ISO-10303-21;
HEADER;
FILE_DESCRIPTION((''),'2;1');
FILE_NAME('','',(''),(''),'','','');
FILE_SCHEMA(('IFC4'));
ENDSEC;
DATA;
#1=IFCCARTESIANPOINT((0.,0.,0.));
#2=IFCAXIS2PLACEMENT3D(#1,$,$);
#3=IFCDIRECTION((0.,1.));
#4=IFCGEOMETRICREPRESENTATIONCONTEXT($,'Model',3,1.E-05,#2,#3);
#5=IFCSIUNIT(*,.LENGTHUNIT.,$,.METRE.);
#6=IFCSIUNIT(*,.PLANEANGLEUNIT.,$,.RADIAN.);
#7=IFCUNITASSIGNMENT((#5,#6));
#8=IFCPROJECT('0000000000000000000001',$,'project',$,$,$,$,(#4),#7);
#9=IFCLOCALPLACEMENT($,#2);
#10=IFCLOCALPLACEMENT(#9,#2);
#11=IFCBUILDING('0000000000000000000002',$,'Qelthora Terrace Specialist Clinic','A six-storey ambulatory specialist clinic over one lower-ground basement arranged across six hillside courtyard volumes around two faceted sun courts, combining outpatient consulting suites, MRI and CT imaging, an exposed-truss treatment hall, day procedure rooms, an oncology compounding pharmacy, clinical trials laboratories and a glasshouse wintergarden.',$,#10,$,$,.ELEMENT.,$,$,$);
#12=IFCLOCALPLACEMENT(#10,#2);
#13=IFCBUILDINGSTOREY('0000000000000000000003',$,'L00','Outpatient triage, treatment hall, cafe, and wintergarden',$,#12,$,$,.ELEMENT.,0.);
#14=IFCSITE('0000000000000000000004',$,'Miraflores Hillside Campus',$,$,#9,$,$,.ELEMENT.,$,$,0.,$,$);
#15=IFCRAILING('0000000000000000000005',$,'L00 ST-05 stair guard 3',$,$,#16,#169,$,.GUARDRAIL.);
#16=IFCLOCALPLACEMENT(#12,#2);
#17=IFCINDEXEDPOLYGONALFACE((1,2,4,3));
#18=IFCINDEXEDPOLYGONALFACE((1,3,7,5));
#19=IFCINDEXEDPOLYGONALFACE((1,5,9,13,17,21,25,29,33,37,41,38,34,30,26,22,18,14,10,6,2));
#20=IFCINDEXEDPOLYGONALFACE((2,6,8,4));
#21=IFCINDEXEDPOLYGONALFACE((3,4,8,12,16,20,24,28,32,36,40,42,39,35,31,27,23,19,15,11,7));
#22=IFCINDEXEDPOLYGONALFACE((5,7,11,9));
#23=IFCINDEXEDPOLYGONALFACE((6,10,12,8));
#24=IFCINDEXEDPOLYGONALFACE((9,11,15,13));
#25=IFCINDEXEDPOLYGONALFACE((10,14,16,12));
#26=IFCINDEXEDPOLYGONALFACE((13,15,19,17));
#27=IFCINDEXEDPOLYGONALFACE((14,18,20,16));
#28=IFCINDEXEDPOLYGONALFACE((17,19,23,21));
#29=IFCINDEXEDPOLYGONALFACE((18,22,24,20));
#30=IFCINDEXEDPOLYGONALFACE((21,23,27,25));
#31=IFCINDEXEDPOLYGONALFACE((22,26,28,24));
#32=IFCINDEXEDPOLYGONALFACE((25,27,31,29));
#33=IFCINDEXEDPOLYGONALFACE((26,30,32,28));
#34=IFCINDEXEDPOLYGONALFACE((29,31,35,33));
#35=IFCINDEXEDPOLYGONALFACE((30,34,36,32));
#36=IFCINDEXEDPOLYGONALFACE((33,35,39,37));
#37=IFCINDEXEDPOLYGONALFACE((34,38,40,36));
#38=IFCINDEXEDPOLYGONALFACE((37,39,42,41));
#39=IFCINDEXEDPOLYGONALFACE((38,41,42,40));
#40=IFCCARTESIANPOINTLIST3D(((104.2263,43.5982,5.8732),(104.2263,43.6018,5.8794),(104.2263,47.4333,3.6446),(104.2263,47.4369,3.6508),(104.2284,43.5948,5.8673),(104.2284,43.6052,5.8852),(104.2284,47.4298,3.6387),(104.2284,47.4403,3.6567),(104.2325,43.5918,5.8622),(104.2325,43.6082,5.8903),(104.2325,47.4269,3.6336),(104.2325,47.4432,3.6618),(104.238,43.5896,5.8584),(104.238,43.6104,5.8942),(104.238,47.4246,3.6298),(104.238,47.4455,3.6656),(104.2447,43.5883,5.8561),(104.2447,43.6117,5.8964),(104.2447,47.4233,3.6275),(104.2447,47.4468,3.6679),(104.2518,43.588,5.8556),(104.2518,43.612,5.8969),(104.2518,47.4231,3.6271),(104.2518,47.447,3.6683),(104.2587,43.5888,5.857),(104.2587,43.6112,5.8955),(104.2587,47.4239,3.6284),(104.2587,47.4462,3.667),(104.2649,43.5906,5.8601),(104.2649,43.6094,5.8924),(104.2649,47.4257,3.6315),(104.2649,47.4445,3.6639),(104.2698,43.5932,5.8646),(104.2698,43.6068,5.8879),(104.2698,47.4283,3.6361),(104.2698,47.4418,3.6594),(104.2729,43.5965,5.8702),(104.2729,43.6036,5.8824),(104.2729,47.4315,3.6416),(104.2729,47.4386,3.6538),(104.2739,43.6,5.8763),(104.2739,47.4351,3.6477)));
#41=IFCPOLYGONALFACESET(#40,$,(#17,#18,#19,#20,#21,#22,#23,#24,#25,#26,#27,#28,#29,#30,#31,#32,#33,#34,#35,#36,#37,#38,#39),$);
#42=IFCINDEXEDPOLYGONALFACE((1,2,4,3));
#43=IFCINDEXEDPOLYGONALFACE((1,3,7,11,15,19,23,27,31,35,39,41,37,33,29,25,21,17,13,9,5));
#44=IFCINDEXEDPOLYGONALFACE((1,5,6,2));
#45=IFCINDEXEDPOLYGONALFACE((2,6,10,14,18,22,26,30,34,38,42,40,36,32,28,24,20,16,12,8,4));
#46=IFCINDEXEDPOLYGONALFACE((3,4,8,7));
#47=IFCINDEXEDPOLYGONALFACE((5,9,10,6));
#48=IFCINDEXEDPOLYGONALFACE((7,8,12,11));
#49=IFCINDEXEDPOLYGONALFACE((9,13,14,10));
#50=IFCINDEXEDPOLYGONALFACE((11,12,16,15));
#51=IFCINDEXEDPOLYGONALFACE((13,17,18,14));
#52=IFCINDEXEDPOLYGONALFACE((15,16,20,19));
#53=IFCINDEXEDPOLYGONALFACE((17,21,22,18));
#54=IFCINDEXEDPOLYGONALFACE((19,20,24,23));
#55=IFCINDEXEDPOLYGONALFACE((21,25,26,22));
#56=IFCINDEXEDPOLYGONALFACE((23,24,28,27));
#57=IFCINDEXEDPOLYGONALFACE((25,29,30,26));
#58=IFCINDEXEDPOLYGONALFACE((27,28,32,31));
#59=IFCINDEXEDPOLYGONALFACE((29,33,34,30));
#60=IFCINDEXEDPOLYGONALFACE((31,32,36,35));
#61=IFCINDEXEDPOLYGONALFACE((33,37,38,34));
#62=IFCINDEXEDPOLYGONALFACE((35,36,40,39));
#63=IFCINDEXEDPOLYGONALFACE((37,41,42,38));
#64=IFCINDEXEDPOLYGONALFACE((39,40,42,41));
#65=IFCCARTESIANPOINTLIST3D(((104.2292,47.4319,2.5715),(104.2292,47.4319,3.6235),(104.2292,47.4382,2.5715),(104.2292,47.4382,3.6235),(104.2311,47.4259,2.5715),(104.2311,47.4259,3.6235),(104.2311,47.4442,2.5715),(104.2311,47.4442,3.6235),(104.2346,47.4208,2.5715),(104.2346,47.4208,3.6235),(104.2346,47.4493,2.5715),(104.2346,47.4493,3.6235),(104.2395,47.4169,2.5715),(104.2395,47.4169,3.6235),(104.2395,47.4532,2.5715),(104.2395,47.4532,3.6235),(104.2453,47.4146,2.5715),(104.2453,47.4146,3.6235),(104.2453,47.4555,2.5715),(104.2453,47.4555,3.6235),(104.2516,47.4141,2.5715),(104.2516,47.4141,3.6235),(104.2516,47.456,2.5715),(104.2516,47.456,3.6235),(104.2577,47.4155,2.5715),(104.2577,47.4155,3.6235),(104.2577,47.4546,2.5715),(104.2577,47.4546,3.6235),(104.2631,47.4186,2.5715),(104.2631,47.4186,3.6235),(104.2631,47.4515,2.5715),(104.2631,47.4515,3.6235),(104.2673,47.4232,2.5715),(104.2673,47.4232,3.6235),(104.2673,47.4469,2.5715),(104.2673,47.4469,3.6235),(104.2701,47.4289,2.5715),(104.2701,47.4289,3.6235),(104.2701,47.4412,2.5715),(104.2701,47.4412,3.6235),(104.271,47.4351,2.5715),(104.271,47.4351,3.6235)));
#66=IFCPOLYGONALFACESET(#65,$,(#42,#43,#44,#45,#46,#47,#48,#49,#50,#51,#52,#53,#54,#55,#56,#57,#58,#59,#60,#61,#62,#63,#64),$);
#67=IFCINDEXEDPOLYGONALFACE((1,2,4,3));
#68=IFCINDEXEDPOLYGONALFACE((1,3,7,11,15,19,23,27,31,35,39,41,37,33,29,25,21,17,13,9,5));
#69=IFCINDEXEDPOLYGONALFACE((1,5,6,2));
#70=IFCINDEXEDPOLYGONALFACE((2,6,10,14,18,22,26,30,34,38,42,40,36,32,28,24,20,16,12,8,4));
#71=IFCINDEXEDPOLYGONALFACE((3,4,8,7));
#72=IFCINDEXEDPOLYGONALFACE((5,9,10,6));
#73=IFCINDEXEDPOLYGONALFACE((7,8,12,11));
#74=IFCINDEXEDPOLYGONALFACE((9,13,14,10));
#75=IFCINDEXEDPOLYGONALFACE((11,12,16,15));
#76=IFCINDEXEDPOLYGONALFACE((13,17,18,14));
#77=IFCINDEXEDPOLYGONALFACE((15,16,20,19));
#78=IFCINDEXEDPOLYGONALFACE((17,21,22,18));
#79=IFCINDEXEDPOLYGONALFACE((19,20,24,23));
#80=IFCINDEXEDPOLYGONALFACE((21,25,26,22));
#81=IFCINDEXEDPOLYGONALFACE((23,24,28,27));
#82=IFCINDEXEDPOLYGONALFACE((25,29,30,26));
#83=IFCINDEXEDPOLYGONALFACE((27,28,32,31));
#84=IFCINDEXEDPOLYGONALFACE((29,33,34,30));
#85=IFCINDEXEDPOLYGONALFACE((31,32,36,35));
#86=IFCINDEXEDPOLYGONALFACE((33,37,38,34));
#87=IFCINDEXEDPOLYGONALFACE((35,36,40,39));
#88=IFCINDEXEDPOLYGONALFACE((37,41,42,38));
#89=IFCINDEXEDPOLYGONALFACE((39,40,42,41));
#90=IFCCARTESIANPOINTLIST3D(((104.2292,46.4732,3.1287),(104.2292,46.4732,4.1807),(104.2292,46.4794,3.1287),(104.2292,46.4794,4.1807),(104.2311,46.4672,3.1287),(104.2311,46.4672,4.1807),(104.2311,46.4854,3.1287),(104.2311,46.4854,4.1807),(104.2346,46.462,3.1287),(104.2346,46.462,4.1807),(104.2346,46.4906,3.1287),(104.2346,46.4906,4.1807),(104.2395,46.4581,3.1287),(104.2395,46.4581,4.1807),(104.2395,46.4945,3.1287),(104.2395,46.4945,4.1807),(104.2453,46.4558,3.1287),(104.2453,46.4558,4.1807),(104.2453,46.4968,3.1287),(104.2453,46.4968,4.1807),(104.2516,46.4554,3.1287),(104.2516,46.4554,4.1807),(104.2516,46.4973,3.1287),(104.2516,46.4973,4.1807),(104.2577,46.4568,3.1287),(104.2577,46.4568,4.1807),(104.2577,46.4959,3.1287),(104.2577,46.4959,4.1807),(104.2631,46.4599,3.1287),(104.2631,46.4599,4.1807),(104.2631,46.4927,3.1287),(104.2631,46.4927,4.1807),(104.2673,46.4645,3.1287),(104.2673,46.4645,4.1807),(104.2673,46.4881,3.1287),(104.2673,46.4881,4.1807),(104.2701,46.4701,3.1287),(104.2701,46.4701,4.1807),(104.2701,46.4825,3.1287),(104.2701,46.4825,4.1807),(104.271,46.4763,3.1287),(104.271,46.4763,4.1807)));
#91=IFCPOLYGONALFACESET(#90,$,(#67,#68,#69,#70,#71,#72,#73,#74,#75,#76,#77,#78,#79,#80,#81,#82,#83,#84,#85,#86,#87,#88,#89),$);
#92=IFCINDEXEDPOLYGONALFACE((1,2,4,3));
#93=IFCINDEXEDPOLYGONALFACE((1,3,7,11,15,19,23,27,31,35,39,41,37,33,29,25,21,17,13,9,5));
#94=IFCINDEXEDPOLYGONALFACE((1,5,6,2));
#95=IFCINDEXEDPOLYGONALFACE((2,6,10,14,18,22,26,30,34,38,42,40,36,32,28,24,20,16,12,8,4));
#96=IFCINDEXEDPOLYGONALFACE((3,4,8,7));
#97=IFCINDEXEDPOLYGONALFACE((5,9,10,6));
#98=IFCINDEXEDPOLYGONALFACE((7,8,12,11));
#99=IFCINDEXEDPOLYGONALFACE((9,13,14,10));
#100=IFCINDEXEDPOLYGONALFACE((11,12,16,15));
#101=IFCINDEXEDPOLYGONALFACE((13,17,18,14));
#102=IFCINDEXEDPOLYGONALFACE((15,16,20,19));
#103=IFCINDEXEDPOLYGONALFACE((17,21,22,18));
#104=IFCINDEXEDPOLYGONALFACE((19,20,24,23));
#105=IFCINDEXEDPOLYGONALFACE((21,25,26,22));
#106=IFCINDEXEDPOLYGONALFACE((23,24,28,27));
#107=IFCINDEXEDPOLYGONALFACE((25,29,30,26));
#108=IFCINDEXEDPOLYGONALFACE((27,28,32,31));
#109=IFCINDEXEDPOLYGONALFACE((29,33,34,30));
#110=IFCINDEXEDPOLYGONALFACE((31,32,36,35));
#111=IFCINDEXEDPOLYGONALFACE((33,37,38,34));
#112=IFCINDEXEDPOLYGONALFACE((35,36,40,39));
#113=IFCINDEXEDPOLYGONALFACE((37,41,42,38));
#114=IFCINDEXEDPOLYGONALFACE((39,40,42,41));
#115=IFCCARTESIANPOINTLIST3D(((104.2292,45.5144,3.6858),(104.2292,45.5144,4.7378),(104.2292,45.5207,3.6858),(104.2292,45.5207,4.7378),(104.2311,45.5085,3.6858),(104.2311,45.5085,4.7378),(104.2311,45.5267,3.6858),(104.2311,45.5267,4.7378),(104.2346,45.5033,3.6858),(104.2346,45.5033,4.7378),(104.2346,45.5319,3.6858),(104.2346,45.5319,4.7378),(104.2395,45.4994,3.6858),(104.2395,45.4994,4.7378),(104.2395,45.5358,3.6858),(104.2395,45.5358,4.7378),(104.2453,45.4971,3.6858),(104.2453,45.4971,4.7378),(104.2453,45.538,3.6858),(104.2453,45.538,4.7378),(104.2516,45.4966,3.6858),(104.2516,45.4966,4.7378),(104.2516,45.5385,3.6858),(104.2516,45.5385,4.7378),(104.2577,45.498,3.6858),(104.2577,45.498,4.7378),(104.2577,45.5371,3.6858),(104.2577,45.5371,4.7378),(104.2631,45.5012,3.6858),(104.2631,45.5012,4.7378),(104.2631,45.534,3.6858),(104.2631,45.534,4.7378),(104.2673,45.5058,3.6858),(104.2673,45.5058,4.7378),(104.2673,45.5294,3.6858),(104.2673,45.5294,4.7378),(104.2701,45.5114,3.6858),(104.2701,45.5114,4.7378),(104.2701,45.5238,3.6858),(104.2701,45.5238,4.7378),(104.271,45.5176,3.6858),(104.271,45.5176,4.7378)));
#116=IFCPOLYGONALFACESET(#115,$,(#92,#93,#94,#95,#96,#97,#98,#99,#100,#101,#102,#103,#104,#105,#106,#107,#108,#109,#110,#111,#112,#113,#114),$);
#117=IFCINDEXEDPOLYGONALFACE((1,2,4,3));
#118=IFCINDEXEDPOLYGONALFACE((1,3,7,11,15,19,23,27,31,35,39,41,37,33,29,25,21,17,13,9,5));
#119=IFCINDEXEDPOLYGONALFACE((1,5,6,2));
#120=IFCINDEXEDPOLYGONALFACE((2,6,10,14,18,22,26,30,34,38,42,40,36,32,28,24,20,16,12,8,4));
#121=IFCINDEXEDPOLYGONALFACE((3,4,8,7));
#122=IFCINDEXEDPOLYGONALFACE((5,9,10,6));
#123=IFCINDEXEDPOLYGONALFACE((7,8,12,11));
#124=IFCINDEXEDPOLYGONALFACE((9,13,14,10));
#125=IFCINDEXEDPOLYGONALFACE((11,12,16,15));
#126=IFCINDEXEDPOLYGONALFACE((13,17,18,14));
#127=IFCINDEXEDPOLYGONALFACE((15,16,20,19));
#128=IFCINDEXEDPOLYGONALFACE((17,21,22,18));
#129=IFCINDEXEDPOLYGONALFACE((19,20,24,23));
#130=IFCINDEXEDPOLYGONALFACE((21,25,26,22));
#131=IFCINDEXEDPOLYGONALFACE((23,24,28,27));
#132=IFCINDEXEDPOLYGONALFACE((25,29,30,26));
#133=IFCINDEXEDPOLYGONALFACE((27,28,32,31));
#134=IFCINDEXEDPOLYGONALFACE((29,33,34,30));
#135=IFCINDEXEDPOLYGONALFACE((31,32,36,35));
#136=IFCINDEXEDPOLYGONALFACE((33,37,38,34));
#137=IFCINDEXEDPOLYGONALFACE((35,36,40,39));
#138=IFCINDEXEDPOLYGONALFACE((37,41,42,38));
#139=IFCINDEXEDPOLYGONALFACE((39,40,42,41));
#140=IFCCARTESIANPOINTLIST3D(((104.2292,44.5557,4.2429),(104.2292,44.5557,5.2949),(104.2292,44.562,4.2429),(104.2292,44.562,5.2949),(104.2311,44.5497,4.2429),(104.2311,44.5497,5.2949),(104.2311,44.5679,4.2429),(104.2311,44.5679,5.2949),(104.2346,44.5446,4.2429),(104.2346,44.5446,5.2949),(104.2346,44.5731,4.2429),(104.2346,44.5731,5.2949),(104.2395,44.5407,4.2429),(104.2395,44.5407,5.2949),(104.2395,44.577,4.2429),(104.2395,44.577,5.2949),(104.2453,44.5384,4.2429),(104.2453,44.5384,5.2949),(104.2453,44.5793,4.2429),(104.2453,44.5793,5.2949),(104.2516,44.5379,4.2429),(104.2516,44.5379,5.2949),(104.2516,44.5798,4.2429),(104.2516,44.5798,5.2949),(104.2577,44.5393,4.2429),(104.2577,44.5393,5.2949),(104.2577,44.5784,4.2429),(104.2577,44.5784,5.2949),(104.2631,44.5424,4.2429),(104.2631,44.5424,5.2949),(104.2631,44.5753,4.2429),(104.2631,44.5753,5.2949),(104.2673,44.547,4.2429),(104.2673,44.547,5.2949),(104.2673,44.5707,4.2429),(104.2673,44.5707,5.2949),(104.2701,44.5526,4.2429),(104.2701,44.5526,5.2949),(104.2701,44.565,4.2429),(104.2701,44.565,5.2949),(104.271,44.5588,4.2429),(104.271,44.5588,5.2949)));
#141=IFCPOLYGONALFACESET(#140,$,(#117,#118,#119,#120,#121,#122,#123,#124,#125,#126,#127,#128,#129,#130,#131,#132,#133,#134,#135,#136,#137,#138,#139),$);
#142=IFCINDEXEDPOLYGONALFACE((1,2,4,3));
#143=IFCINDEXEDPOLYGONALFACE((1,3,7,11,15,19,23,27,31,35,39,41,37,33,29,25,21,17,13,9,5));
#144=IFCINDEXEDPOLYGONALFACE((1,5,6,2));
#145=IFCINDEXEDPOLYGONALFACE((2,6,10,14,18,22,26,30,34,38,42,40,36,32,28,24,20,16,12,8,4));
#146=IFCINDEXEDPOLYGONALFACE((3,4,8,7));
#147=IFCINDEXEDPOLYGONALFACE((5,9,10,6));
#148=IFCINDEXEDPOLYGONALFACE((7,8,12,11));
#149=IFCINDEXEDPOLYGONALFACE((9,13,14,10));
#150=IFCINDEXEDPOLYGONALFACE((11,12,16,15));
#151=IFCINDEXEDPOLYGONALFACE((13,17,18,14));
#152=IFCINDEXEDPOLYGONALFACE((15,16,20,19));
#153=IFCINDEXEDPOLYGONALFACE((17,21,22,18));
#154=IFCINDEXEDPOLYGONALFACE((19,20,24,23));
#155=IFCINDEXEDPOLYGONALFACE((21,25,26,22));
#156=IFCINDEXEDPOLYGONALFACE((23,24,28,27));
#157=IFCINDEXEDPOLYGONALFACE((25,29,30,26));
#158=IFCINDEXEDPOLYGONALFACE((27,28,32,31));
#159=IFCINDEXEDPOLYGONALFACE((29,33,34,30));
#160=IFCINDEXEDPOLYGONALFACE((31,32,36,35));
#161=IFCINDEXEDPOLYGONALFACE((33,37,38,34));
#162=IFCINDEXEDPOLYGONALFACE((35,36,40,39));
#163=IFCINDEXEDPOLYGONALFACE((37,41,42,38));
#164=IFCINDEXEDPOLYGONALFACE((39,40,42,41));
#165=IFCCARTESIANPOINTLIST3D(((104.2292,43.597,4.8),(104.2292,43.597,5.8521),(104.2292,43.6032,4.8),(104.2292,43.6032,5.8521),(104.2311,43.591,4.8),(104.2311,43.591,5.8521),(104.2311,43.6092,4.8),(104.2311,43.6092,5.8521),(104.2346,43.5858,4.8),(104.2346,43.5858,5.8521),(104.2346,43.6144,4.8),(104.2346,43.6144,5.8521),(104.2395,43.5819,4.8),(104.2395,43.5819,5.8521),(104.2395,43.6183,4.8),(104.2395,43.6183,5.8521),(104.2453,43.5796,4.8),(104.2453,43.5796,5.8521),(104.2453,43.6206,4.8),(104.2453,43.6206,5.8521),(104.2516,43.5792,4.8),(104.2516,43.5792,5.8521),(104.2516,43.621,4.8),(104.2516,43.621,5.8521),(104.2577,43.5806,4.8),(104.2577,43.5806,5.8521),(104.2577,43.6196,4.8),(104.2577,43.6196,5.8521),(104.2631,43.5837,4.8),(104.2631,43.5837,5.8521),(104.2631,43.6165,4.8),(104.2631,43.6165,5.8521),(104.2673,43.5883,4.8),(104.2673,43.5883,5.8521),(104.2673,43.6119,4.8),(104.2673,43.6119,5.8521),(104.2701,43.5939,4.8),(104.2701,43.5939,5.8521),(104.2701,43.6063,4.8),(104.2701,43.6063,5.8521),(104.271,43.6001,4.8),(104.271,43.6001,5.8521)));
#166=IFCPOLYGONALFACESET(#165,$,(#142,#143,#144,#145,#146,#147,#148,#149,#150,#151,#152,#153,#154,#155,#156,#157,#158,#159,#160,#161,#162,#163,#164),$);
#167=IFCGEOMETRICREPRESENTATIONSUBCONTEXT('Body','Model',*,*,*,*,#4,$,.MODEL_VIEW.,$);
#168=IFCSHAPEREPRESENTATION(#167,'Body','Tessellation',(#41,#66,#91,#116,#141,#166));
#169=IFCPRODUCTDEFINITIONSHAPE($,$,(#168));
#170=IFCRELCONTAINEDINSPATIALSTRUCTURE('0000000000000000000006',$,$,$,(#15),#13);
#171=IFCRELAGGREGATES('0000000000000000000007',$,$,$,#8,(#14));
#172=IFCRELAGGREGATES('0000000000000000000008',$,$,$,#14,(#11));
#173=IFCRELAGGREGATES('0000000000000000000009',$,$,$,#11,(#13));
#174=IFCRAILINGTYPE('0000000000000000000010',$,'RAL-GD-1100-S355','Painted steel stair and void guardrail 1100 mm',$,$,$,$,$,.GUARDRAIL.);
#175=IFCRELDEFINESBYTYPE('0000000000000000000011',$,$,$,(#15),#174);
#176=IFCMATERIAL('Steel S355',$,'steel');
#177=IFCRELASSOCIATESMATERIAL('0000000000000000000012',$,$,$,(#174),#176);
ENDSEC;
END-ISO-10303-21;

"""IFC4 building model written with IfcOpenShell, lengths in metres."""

from ifc_helpers import new_model, si_unit, direction, frame, origin, origin_2d, place, context, subcontext, project, spatial, circle, extrude, material, type_object, element, save


model = new_model("IFC4")

# Units and contexts
model_context = context("Model", 3, precision=1e-05, world=origin(), true_north=direction((0.0, 1.0)))
body_context = subcontext(model_context, "Body", "Model", "MODEL_VIEW")
ifc_project = project(units=[si_unit("LENGTHUNIT", "METRE"), si_unit("PLANEANGLEUNIT", "RADIAN")], contexts=[model_context])

# Site, building, storey
site_placement = place(None, origin())
site = spatial("IfcSite", under=ifc_project, at=site_placement, Name="Miraflores Hillside Campus", CompositionType="ELEMENT", RefElevation=0.0)
building_placement = place(site_placement, origin())
building = spatial("IfcBuilding", under=site, at=building_placement, Name="Qelthora Terrace Specialist Clinic", Description="A six-storey ambulatory specialist clinic over one lower-ground basement arranged across six hillside courtyard volumes around two faceted sun courts, combining outpatient consulting suites, MRI and CT imaging, an exposed-truss treatment hall, day procedure rooms, an oncology compounding pharmacy, clinical trials laboratories and a glasshouse wintergarden.", CompositionType="ELEMENT")
storey_placement = place(building_placement, origin())
storey = spatial("IfcBuildingStorey", under=building, at=storey_placement, Name="L00", Description="Outpatient triage, treatment hall, cafe, and wintergarden", CompositionType="ELEMENT", Elevation=0.0)

# Shared definitions
ifc_material_1 = material(Name="Steel S355", Category="steel")

# Railing
railing_type_1 = type_object("IfcRailingType", Name="RAL-GD-1100-S355", Description="Painted steel stair and void guardrail 1100 mm", PredefinedType="GUARDRAIL", material=ifc_material_1)
railing_1_placement = place(storey_placement, frame((104.25, 47.4351, 2.5715)))
element("IfcRailing", 1, at=railing_1_placement, inside=storey, type_object=railing_type_1, Name="L00 ST-05 stair guard 3", PredefinedType="GUARDRAIL", context=body_context, shape_type="SweptSolid", body=[
    extrude(circle(Radius=0.0239, at=origin_2d()), frame((0.0, 0.0, 1.0762), z_axis=(0.0, -0.864616, 0.502433), x_axis=(1.0, 0.0, 0.0)), (0.0, 0.0, 1.0), 4.4355),
    extrude(circle(Radius=0.021, at=origin_2d()), origin(), (0.0, 0.0, 1.0), 1.052),
    extrude(circle(Radius=0.021, at=origin_2d()), frame((0.0, -0.9587, 0.5571)), (0.0, 0.0, 1.0), 1.052),
    extrude(circle(Radius=0.021, at=origin_2d()), frame((0.0, -1.9175, 1.1143)), (0.0, 0.0, 1.0), 1.052),
    extrude(circle(Radius=0.021, at=origin_2d()), frame((0.0, -2.8762, 1.6714)), (0.0, 0.0, 1.0), 1.052),
    extrude(circle(Radius=0.021, at=origin_2d()), frame((0.0, -3.835, 2.2285)), (0.0, 0.0, 1.0), 1.052),
])

save(model, "model.ifc")
